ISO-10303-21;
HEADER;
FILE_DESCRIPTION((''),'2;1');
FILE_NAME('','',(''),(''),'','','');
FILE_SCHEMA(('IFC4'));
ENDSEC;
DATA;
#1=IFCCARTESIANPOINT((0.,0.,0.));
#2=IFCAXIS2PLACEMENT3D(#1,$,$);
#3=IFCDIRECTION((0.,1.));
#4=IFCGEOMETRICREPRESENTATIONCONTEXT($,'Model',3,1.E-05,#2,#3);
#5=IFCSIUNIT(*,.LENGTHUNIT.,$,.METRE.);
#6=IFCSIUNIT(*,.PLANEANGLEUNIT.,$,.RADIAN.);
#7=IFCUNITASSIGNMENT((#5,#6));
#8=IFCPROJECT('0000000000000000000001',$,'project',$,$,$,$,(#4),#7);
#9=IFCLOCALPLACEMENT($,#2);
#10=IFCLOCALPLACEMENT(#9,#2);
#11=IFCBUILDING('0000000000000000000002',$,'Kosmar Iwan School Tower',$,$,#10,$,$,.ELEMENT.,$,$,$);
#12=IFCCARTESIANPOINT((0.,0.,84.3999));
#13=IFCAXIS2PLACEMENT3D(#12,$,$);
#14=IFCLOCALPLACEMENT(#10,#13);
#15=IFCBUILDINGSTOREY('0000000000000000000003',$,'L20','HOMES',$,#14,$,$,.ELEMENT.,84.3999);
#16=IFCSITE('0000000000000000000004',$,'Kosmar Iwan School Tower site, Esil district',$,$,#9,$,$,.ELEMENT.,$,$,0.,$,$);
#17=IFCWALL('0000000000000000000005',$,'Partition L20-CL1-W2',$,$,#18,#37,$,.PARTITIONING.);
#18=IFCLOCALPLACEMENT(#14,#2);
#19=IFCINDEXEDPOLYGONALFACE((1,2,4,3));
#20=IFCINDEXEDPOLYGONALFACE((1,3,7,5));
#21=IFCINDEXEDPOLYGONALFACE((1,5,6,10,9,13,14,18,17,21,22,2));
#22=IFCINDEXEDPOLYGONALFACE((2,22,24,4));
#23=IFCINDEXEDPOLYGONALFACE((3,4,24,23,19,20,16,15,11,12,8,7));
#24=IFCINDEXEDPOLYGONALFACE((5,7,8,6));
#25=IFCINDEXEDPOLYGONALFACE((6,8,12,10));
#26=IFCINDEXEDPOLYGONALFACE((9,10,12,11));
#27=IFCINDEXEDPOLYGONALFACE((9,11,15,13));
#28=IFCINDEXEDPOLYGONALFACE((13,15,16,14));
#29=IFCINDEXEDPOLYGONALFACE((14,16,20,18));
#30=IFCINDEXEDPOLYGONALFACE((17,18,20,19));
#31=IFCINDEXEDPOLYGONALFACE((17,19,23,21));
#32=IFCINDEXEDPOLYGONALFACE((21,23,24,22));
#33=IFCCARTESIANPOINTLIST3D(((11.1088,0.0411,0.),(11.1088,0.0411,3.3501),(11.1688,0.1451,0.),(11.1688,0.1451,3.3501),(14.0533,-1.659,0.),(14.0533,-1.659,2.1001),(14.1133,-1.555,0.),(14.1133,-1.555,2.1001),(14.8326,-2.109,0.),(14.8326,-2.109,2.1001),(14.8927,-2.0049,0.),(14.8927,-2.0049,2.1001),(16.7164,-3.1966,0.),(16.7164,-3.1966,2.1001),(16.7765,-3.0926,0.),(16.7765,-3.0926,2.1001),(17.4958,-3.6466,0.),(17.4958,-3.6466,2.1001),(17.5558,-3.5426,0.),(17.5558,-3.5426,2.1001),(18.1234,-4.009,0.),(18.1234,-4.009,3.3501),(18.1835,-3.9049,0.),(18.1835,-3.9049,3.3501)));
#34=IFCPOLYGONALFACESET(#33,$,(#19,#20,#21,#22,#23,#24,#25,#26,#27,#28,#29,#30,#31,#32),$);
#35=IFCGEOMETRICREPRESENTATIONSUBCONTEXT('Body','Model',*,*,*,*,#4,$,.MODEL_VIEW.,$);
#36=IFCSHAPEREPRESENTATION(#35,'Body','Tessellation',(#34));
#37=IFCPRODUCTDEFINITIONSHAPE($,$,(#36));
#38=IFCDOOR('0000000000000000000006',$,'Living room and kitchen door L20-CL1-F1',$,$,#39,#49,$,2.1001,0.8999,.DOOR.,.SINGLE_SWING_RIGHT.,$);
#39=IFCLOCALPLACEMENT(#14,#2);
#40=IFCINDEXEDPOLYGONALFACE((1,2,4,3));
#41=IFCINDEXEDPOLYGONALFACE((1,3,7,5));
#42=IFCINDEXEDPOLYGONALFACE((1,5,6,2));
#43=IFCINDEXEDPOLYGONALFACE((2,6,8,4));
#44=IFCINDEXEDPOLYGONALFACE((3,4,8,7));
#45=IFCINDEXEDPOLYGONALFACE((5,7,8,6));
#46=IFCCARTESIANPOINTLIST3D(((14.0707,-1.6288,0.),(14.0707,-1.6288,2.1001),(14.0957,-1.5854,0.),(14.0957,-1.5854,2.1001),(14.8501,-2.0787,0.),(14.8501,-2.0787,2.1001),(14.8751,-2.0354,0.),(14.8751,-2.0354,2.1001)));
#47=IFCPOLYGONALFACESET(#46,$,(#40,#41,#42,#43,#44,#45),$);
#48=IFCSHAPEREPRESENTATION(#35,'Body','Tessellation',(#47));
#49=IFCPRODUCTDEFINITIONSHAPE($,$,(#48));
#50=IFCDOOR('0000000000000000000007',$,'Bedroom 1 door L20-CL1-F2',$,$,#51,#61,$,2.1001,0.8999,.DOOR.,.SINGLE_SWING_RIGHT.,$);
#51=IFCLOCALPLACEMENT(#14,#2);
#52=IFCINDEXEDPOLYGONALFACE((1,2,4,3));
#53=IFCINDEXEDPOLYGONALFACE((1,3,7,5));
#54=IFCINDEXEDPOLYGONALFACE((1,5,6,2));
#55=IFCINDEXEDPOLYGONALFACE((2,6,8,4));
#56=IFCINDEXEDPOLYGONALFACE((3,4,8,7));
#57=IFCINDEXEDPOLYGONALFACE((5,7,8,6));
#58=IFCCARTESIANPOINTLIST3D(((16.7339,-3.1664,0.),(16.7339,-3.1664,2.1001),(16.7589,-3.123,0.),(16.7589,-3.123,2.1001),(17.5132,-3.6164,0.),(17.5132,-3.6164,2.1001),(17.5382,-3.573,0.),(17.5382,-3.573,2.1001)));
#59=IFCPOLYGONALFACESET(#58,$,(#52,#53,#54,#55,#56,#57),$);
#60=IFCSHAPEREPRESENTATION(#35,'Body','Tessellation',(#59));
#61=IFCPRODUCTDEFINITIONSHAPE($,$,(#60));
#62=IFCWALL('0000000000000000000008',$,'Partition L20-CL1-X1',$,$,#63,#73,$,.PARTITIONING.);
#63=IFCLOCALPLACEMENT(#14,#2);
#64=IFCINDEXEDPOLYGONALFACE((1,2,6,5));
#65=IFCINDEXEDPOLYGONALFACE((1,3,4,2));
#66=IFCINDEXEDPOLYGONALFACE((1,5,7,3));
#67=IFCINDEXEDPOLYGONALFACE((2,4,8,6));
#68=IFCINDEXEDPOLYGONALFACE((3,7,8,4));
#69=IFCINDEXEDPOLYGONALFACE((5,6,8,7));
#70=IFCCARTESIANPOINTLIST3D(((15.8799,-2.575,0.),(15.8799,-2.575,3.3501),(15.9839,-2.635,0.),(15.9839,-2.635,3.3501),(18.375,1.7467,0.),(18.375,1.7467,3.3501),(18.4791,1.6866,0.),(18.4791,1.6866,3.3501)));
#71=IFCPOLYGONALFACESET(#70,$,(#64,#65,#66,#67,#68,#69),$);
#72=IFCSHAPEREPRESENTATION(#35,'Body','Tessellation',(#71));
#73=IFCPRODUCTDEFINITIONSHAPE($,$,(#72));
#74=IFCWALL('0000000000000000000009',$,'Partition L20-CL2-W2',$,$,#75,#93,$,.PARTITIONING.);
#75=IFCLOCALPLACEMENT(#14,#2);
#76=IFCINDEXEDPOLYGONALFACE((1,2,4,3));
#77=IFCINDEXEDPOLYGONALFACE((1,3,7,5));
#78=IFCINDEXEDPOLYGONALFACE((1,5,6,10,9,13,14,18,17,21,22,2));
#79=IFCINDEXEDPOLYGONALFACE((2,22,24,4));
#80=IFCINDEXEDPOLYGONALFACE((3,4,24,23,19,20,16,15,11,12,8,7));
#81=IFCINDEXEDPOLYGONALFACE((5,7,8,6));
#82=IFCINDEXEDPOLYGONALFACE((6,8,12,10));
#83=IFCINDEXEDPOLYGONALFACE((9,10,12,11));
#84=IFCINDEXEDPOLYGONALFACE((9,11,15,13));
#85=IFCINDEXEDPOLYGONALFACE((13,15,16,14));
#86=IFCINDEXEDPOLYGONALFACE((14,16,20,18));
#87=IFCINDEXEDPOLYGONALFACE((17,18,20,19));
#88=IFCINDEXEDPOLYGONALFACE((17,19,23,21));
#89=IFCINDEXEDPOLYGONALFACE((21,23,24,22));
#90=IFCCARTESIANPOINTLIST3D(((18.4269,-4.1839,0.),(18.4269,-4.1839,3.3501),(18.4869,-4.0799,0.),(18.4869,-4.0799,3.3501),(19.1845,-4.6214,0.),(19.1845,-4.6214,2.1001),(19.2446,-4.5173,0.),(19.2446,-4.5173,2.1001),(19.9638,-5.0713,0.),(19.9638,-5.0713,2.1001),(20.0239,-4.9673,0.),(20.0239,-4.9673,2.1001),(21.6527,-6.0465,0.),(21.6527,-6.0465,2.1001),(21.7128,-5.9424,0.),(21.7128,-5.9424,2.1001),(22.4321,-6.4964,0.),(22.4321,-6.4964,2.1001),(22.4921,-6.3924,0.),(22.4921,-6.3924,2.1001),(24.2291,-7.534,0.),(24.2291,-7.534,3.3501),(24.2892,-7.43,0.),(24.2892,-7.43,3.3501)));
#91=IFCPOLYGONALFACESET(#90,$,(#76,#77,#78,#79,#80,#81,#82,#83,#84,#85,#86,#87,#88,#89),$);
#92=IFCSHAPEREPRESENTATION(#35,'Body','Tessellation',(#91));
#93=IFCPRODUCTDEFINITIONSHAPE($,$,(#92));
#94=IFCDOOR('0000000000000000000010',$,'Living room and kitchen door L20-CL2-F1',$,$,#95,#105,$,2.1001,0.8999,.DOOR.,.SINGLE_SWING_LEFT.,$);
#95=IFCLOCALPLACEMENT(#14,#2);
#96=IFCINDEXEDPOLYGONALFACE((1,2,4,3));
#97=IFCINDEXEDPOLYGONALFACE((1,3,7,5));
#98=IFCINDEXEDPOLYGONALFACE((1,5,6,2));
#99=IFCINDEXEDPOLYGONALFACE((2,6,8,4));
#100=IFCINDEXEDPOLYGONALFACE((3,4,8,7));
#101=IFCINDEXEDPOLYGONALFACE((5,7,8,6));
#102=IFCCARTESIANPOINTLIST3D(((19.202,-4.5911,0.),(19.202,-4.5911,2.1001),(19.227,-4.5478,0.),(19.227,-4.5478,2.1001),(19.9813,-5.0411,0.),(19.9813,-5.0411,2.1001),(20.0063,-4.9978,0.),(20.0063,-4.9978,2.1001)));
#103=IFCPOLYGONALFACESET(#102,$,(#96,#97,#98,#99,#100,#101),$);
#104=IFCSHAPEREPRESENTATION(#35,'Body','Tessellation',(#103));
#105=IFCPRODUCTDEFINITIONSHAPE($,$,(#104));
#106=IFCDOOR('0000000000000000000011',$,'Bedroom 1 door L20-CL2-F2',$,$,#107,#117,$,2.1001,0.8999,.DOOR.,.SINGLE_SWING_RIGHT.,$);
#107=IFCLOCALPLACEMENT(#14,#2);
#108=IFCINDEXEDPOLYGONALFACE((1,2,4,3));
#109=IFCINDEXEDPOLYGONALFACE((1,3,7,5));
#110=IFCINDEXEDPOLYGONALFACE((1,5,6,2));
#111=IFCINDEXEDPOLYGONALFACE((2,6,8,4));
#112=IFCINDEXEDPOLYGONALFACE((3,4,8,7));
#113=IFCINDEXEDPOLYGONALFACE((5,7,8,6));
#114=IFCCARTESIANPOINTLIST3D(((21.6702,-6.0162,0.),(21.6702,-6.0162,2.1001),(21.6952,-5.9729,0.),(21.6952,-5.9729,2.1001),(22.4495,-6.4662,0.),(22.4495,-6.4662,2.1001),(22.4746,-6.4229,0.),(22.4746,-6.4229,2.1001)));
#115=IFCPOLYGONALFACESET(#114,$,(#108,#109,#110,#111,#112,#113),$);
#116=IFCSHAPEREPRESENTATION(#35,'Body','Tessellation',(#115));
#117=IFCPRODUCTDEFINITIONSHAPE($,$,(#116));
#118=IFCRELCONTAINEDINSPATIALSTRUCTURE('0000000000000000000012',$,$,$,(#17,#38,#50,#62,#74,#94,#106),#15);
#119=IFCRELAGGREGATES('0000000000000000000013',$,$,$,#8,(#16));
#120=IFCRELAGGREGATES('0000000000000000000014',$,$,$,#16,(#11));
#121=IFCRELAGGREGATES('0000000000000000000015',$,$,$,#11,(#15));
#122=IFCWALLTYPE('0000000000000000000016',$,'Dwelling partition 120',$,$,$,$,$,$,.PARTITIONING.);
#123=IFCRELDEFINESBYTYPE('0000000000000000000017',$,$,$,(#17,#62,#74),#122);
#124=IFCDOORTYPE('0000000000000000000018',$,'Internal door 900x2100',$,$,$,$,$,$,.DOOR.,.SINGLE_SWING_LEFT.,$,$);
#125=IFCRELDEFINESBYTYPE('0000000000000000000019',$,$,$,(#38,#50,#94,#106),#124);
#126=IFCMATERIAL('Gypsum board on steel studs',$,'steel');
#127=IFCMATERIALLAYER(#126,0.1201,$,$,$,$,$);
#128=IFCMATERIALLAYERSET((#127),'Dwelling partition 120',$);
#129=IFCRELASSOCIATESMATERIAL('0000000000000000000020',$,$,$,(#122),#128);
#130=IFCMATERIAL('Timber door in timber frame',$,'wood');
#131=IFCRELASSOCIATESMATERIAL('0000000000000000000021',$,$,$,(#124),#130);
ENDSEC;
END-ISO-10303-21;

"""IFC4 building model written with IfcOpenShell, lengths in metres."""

from ifc_helpers import new_model, si_unit, direction, frame, frame_2d, origin, place, context, subcontext, project, spatial, rectangle, extrude, material, layer, layer_set, type_object, element, fill, save


model = new_model("IFC4")

# Units and contexts
model_context = context("Model", 3, precision=1e-05, world=origin(), true_north=direction((0.0, 1.0)))
body_context = subcontext(model_context, "Body", "Model", "MODEL_VIEW")
ifc_project = project(units=[si_unit("LENGTHUNIT", "METRE"), si_unit("PLANEANGLEUNIT", "RADIAN")], contexts=[model_context])

# Site, building, storey
site_placement = place(None, origin())
site = spatial("IfcSite", under=ifc_project, at=site_placement, Name="Kosmar Iwan School Tower site, Esil district", CompositionType="ELEMENT", RefElevation=0.0)
building_placement = place(site_placement, origin())
building = spatial("IfcBuilding", under=site, at=building_placement, Name="Kosmar Iwan School Tower", CompositionType="ELEMENT")
storey_placement = place(building_placement, frame((0.0, 0.0, 84.3999)))
storey = spatial("IfcBuildingStorey", under=building, at=storey_placement, Name="L20", Description="HOMES", CompositionType="ELEMENT", Elevation=84.3999)

# Wall, openings, doors
ifc_material_1 = material(Name="Gypsum board on steel studs", Category="steel")
ifc_layer = layer(ifc_material_1, 0.1201)
ifc_layer_set = layer_set([ifc_layer], Name="Dwelling partition 120")
wall_type = type_object("IfcWallType", Name="Dwelling partition 120", PredefinedType="PARTITIONING", material=ifc_layer_set)
wall_1_placement = place(storey_placement, frame((11.1389, 0.093, 0.0), z_axis=(0.0, 0.0, 1.0), x_axis=(0.866018, -0.500013, 0.0)))
wall_1 = element("IfcWall", 1, at=wall_1_placement, inside=storey, type_object=wall_type, Name="Partition L20-CL1-W2", PredefinedType="PARTITIONING", context=body_context, shape_type="SweptSolid", body=[
    extrude(rectangle(XDim=8.0999, YDim=0.1201, at=frame_2d((4.0498, 0.0))), origin(), (0.0, 0.0, 1.0), 3.3501),
])
opening_1_placement = place(wall_1_placement, frame((3.3999, 0.0, 0.0)))
opening_1 = element("IfcOpeningElement", 2, at=opening_1_placement, cuts=wall_1, PredefinedType="OPENING", context=body_context, shape_type="SweptSolid", body=[
    extrude(rectangle(XDim=0.8999, YDim=2.1001, at=frame_2d((0.45, 1.05))), frame((0.0, 0.072, 0.0), z_axis=(0.0, -1.0, 0.0), x_axis=(1.0, 0.0, 0.0)), (0.0, 0.0, 1.0), 0.144),
])
opening_2_placement = place(wall_1_placement, frame((6.4751, 0.0, 0.0)))
opening_2 = element("IfcOpeningElement", 3, at=opening_2_placement, cuts=wall_1, PredefinedType="OPENING", context=body_context, shape_type="SweptSolid", body=[
    extrude(rectangle(XDim=0.8999, YDim=2.1001, at=frame_2d((0.45, 1.05))), frame((0.0, 0.072, 0.0), z_axis=(0.0, -1.0, 0.0), x_axis=(1.0, 0.0, 0.0)), (0.0, 0.0, 1.0), 0.144),
])
ifc_material_2 = material(Name="Timber door in timber frame", Category="wood")
door_type = type_object("IfcDoorType", Name="Internal door 900x2100", OperationType="SINGLE_SWING_LEFT", PredefinedType="DOOR", material=ifc_material_2)
door_1_placement = place(opening_1_placement, origin())
door_1 = element("IfcDoor", 4, at=door_1_placement, inside=storey, type_object=door_type, Name="Living room and kitchen door L20-CL1-F1", OperationType="SINGLE_SWING_RIGHT", OverallHeight=2.1001, OverallWidth=0.8999, PredefinedType="DOOR", context=body_context, shape_type="SweptSolid", body=[
    extrude(rectangle(XDim=0.8999, YDim=2.1001, at=frame_2d((0.45, 1.05))), frame((0.0, 0.0249, 0.0), z_axis=(0.0, -1.0, 0.0), x_axis=(1.0, 0.0, 0.0)), (0.0, 0.0, 1.0), 0.05),
])
fill(opening_1, door_1)
door_2_placement = place(opening_2_placement, origin())
door_2 = element("IfcDoor", 5, at=door_2_placement, inside=storey, type_object=door_type, Name="Bedroom 1 door L20-CL1-F2", OperationType="SINGLE_SWING_RIGHT", OverallHeight=2.1001, OverallWidth=0.8999, PredefinedType="DOOR", context=body_context, shape_type="SweptSolid", body=[
    extrude(rectangle(XDim=0.8999, YDim=2.1001, at=frame_2d((0.45, 1.05))), frame((0.0, 0.0249, 0.0), z_axis=(0.0, -1.0, 0.0), x_axis=(1.0, 0.0, 0.0)), (0.0, 0.0, 1.0), 0.05),
])
fill(opening_2, door_2)

# Wall
wall_2_placement = place(storey_placement, frame((15.9319, -2.605, 0.0), z_axis=(0.0, 0.0, 1.0), x_axis=(0.500012, 0.866019, 0.0)))
element("IfcWall", 6, at=wall_2_placement, inside=storey, type_object=wall_type, Name="Partition L20-CL1-X1", PredefinedType="PARTITIONING", context=body_context, shape_type="SweptSolid", body=[
    extrude(rectangle(XDim=4.9902, YDim=0.1201, at=frame_2d((2.4951, 0.0))), origin(), (0.0, 0.0, 1.0), 3.3501),
])

# Wall, openings, doors
wall_3_placement = place(storey_placement, frame((18.4568, -4.1318, 0.0), z_axis=(0.0, 0.0, 1.0), x_axis=(0.866014, -0.500019, 0.0)))
wall_3 = element("IfcWall", 7, at=wall_3_placement, inside=storey, type_object=wall_type, Name="Partition L20-CL2-W2", PredefinedType="PARTITIONING", context=body_context, shape_type="SweptSolid", body=[
    extrude(rectangle(XDim=6.7, YDim=0.1201, at=frame_2d((3.3501, 0.0))), origin(), (0.0, 0.0, 1.0), 3.3501),
])
opening_3_placement = place(wall_3_placement, frame((0.875, 0.0, 0.0)))
opening_3 = element("IfcOpeningElement", 8, at=opening_3_placement, cuts=wall_3, PredefinedType="OPENING", context=body_context, shape_type="SweptSolid", body=[
    extrude(rectangle(XDim=0.8999, YDim=2.1001, at=frame_2d((0.45, 1.05))), frame((0.0, 0.072, 0.0), z_axis=(0.0, -1.0, 0.0), x_axis=(1.0, 0.0, 0.0)), (0.0, 0.0, 1.0), 0.144),
])
opening_4_placement = place(wall_3_placement, frame((3.7251, 0.0, 0.0)))
opening_4 = element("IfcOpeningElement", 9, at=opening_4_placement, cuts=wall_3, PredefinedType="OPENING", context=body_context, shape_type="SweptSolid", body=[
    extrude(rectangle(XDim=0.8999, YDim=2.1001, at=frame_2d((0.45, 1.05))), frame((0.0, 0.072, 0.0), z_axis=(0.0, -1.0, 0.0), x_axis=(1.0, 0.0, 0.0)), (0.0, 0.0, 1.0), 0.144),
])
door_3_placement = place(opening_3_placement, origin())
door_3 = element("IfcDoor", 10, at=door_3_placement, inside=storey, type_object=door_type, Name="Living room and kitchen door L20-CL2-F1", OperationType="SINGLE_SWING_LEFT", OverallHeight=2.1001, OverallWidth=0.8999, PredefinedType="DOOR", context=body_context, shape_type="SweptSolid", body=[
    extrude(rectangle(XDim=0.8999, YDim=2.1001, at=frame_2d((0.45, 1.05))), frame((0.0, 0.0249, 0.0), z_axis=(0.0, -1.0, 0.0), x_axis=(1.0, 0.0, 0.0)), (0.0, 0.0, 1.0), 0.05),
])
fill(opening_3, door_3)
door_4_placement = place(opening_4_placement, origin())
door_4 = element("IfcDoor", 11, at=door_4_placement, inside=storey, type_object=door_type, Name="Bedroom 1 door L20-CL2-F2", OperationType="SINGLE_SWING_RIGHT", OverallHeight=2.1001, OverallWidth=0.8999, PredefinedType="DOOR", context=body_context, shape_type="SweptSolid", body=[
    extrude(rectangle(XDim=0.8999, YDim=2.1001, at=frame_2d((0.45, 1.05))), frame((0.0, 0.0249, 0.0), z_axis=(0.0, -1.0, 0.0), x_axis=(1.0, 0.0, 0.0)), (0.0, 0.0, 1.0), 0.05),
])
fill(opening_4, door_4)

save(model, "model.ifc")
